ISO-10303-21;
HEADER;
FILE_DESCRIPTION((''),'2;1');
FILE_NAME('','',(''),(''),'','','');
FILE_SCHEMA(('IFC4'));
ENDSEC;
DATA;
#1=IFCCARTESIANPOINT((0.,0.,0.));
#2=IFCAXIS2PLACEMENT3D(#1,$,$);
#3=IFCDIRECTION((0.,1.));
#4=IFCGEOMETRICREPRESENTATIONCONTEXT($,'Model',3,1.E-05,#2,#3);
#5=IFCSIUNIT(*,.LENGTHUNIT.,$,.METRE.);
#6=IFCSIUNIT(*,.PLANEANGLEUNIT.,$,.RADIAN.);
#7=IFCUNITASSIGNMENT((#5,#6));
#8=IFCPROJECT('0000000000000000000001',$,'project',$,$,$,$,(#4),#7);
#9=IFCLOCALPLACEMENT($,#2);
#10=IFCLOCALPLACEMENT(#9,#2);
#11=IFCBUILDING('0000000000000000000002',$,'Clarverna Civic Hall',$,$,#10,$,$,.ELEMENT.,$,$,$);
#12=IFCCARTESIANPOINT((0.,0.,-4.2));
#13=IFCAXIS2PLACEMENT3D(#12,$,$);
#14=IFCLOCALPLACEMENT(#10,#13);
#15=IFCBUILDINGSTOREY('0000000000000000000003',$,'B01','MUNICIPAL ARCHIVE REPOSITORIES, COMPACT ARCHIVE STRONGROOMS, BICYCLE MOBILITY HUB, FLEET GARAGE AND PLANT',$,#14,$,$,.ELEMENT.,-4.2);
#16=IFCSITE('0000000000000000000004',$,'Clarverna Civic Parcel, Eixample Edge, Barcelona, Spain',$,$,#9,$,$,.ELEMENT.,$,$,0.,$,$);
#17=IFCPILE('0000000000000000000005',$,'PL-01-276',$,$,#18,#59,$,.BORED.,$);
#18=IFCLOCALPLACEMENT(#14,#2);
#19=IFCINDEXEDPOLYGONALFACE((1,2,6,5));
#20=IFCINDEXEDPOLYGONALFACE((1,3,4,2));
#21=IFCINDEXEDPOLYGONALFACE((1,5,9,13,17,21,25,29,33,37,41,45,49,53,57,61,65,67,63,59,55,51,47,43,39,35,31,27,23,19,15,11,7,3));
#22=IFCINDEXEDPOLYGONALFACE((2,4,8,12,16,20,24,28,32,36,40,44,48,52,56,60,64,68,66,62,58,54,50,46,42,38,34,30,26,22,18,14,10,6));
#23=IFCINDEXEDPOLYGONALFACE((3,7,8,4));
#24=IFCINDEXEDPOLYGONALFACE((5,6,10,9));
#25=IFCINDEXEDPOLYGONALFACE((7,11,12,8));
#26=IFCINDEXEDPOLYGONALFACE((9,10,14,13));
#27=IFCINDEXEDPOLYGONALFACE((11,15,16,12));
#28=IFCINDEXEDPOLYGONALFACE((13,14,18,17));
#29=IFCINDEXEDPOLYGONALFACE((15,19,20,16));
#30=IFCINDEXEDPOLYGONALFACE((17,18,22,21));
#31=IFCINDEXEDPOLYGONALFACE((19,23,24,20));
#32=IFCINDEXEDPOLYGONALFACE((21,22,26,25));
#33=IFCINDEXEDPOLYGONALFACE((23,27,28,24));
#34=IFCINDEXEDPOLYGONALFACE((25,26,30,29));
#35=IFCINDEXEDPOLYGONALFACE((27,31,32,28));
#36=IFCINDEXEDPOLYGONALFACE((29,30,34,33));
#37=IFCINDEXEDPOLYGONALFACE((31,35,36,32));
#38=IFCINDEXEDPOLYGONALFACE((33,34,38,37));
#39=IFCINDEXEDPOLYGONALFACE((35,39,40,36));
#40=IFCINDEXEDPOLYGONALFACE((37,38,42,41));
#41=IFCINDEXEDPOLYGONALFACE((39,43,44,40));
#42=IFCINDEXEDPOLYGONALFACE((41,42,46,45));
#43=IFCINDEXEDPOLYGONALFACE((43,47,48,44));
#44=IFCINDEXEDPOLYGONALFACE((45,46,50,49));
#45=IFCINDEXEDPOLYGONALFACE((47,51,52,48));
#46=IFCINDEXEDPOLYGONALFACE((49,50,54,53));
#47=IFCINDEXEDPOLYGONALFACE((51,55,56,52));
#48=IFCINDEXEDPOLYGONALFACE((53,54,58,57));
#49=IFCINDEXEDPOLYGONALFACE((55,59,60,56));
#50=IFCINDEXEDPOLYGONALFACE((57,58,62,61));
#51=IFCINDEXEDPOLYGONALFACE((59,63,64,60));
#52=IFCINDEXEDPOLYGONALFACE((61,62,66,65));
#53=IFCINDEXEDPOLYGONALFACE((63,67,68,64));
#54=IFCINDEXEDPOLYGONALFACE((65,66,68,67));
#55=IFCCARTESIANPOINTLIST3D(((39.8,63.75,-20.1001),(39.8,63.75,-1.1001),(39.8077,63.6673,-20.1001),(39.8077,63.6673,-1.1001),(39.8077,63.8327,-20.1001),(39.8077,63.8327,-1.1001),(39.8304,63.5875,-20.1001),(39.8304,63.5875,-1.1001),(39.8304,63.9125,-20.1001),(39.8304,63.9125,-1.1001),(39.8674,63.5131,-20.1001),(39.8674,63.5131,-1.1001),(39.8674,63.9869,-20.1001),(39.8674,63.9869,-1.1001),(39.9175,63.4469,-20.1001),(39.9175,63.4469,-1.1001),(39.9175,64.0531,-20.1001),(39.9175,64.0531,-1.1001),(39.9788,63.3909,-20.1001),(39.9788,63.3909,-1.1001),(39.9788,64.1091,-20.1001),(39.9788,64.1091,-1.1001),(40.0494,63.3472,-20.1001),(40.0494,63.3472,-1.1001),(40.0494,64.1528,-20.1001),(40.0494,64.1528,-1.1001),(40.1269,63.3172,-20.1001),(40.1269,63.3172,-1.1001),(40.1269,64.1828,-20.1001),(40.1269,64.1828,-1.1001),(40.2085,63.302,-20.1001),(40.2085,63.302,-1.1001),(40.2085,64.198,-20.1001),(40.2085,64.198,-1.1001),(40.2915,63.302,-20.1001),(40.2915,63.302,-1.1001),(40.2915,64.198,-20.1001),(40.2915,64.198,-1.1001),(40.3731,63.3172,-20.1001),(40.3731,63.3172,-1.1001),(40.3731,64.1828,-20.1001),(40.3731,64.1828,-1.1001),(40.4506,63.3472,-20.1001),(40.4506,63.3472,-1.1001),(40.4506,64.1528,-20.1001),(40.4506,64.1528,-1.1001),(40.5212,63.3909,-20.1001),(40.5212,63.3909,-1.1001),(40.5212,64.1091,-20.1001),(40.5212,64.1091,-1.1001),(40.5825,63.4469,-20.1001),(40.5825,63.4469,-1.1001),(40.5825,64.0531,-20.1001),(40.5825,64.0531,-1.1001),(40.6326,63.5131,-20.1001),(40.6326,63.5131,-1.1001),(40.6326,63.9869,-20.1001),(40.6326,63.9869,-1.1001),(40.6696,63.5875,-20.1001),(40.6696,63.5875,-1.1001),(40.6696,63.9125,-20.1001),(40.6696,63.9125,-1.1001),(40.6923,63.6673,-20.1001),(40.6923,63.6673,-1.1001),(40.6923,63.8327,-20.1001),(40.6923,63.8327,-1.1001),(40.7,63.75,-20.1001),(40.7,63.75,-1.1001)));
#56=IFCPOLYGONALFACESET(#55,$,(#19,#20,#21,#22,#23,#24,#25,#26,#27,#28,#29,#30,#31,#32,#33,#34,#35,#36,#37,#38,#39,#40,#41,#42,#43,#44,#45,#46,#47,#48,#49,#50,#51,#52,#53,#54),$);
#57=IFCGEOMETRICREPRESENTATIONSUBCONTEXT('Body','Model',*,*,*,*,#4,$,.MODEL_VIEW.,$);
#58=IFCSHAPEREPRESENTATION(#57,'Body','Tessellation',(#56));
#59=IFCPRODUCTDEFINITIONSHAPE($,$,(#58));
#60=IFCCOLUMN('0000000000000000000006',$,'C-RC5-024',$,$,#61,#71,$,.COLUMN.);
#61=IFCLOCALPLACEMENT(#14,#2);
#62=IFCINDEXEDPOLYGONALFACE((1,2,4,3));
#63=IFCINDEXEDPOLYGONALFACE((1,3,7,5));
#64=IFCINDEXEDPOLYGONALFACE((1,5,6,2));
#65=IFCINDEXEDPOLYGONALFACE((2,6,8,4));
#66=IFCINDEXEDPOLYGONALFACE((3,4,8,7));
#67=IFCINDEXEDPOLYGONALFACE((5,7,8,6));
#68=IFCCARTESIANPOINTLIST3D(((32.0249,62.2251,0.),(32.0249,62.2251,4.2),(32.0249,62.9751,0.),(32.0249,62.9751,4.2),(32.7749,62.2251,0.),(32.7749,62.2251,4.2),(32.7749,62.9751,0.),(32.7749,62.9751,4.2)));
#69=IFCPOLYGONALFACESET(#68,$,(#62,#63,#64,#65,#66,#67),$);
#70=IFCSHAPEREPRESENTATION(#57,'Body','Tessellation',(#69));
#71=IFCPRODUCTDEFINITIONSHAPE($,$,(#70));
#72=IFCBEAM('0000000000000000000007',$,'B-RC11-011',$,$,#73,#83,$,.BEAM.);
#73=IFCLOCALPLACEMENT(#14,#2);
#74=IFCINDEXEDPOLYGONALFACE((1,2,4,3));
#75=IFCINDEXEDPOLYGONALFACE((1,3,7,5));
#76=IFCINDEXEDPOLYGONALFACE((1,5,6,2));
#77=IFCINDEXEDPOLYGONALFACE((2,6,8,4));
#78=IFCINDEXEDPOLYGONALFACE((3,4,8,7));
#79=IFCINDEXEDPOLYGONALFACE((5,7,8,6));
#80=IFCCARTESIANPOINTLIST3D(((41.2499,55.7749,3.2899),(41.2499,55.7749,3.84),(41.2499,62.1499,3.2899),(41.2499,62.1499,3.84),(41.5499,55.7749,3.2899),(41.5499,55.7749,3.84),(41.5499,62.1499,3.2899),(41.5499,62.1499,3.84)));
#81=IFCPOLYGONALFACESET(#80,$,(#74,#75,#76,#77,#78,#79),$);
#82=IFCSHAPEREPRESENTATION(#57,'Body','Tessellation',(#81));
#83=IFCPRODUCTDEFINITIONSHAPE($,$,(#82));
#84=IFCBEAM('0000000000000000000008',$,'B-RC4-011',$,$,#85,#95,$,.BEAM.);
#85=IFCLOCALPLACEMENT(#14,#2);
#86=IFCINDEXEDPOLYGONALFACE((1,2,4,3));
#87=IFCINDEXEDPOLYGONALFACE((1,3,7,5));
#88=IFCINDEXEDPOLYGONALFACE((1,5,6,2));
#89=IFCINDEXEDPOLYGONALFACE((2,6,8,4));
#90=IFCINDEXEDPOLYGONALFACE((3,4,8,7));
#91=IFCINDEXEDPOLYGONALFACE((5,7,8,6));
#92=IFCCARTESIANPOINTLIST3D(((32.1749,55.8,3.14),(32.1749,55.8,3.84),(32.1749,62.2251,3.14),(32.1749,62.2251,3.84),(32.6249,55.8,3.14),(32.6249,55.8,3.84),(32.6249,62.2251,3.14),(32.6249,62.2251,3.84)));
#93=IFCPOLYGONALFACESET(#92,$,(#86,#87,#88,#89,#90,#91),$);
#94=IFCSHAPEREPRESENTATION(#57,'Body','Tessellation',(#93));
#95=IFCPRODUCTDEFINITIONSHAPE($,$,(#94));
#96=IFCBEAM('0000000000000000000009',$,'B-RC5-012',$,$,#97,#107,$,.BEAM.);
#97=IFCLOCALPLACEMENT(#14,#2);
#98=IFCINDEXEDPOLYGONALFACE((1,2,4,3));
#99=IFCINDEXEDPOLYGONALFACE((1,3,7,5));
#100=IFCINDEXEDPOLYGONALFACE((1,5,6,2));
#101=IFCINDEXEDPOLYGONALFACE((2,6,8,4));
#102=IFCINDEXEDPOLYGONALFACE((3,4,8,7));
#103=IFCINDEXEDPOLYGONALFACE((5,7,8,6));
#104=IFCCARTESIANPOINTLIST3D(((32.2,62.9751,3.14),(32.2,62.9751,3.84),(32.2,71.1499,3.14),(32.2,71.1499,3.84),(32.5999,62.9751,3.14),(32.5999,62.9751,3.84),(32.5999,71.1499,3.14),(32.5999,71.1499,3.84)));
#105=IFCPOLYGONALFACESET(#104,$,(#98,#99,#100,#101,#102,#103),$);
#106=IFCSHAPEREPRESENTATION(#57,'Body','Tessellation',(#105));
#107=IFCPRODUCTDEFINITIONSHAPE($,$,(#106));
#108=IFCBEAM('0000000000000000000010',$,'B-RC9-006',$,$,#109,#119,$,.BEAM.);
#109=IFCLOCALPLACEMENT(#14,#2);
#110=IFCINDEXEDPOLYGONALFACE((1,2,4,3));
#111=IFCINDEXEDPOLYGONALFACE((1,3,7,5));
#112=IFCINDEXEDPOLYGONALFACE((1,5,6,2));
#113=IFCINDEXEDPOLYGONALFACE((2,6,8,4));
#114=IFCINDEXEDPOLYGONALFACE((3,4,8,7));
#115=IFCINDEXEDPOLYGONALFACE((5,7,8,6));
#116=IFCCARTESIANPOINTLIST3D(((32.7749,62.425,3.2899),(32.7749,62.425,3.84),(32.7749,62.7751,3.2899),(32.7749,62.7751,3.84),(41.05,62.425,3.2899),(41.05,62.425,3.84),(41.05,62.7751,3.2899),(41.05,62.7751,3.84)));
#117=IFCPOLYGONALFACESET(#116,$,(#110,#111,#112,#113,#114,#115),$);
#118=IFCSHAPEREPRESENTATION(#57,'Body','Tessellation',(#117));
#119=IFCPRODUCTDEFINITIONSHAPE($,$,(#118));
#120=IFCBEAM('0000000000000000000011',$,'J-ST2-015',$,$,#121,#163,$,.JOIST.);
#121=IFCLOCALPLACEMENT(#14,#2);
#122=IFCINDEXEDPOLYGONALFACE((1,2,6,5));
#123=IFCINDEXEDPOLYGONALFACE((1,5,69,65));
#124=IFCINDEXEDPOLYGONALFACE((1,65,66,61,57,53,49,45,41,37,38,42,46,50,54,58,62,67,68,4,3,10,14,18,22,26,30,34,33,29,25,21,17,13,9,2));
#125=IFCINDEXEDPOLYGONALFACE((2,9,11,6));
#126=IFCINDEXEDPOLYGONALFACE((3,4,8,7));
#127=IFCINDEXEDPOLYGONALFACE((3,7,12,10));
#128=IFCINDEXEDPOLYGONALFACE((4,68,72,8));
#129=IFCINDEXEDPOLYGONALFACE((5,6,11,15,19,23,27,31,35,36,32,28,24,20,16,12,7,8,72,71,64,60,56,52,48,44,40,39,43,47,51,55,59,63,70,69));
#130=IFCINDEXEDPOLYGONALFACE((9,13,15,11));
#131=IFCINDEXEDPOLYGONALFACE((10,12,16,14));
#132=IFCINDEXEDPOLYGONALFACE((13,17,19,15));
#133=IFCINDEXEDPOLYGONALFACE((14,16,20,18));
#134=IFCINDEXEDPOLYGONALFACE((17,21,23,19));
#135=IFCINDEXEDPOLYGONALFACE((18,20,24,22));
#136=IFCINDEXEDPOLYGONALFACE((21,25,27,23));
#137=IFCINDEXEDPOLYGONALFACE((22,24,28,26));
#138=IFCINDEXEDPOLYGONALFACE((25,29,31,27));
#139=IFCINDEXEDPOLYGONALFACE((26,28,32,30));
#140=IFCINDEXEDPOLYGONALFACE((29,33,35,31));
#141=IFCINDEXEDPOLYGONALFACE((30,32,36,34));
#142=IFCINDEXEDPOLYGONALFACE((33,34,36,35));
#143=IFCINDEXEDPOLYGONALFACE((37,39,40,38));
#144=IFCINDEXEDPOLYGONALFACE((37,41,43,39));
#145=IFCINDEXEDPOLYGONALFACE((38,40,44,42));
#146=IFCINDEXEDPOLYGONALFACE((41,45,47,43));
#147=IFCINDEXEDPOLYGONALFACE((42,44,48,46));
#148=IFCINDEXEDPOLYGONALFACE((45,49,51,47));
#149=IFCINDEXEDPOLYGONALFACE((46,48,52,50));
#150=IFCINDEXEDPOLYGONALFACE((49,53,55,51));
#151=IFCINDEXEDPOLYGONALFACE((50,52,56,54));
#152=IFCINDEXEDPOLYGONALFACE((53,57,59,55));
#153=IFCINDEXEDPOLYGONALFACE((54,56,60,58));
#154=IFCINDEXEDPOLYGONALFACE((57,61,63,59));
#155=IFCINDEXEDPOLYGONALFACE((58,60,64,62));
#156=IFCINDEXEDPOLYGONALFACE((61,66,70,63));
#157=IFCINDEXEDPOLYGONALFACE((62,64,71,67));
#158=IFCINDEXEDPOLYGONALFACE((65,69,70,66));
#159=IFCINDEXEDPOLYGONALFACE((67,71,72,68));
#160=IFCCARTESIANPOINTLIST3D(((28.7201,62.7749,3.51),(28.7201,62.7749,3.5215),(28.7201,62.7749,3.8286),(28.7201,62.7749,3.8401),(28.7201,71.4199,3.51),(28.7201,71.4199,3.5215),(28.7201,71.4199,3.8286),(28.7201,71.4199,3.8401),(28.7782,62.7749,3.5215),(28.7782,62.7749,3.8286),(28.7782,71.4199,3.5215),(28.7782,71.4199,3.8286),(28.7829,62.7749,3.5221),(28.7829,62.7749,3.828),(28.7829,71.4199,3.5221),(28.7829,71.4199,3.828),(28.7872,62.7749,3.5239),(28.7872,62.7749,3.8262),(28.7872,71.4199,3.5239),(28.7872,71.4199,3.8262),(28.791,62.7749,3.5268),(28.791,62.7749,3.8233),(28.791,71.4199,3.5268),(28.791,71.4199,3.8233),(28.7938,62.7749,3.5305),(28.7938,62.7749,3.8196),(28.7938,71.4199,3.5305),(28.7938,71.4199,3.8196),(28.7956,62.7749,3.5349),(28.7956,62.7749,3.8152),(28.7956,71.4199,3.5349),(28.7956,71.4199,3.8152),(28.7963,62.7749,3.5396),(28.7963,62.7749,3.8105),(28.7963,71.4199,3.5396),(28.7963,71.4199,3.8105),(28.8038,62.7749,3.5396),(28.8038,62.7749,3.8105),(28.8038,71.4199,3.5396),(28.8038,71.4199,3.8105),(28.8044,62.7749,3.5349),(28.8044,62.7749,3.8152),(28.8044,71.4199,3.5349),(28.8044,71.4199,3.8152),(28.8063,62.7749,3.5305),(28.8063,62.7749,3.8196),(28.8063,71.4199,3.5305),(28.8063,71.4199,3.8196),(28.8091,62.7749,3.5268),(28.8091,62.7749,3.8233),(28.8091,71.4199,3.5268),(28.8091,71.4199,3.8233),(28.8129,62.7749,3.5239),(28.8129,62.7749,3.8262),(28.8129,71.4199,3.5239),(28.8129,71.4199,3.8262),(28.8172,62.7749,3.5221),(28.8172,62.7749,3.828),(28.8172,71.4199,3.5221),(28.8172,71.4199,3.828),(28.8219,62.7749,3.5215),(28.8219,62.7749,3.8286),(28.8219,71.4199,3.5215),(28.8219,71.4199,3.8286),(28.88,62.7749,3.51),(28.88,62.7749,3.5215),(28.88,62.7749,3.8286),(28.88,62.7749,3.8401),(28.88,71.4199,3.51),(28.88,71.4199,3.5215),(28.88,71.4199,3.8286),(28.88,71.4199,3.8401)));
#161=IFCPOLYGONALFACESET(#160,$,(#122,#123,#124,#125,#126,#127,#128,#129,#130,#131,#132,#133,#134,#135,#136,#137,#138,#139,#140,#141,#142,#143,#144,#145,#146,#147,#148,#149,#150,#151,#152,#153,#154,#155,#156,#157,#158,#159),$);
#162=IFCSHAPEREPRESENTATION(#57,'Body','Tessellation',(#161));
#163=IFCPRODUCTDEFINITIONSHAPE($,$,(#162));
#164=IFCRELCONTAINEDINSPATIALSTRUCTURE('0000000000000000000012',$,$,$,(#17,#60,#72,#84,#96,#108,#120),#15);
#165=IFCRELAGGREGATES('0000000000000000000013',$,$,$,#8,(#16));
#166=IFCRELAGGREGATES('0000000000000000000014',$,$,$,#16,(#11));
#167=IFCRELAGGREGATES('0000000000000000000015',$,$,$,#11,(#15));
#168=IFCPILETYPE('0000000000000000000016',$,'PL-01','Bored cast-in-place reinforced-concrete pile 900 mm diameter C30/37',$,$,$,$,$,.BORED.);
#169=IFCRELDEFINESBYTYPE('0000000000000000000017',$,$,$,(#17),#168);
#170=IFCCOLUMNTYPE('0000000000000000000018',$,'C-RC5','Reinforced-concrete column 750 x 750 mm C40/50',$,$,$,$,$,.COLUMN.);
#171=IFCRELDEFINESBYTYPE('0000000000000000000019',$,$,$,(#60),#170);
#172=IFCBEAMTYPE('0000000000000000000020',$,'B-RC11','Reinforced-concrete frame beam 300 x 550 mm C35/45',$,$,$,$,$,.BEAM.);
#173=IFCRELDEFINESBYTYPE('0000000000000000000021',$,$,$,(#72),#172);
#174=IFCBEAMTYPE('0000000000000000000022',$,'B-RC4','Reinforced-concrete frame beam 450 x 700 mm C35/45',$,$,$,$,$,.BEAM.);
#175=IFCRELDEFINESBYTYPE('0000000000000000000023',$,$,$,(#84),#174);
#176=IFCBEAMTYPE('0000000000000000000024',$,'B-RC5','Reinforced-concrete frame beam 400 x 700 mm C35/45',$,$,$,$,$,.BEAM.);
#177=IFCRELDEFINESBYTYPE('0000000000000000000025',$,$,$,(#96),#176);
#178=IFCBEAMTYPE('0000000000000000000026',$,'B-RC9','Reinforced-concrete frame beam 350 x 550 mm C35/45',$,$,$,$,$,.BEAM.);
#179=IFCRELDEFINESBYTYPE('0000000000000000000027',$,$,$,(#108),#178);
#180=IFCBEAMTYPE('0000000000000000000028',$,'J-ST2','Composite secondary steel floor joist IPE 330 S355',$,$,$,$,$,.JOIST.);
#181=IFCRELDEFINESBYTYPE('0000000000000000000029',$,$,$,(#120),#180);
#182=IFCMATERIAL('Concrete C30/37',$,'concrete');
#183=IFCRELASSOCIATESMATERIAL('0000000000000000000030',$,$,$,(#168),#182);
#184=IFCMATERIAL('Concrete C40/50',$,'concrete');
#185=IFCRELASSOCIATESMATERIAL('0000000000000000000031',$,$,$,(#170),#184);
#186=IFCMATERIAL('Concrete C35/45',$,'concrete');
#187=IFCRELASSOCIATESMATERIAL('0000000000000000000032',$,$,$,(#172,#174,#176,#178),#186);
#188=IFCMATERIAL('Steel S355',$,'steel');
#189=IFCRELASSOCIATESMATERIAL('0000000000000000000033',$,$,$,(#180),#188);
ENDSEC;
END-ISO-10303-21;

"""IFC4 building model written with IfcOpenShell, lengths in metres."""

from ifc_helpers import new_model, si_unit, direction, frame, origin, origin_2d, place, context, subcontext, project, spatial, rectangle, circle, i_section, extrude, material, material_profile, profile_set, type_object, element, save


model = new_model("IFC4")

# Units and contexts
model_context = context("Model", 3, precision=1e-05, world=origin(), true_north=direction((0.0, 1.0)))
body_context = subcontext(model_context, "Body", "Model", "MODEL_VIEW")
ifc_project = project(units=[si_unit("LENGTHUNIT", "METRE"), si_unit("PLANEANGLEUNIT", "RADIAN")], contexts=[model_context])

# Site, building, storey
site_placement = place(None, origin())
site = spatial("IfcSite", under=ifc_project, at=site_placement, Name="Clarverna Civic Parcel, Eixample Edge, Barcelona, Spain", CompositionType="ELEMENT", RefElevation=0.0)
building_placement = place(site_placement, origin())
building = spatial("IfcBuilding", under=site, at=building_placement, Name="Clarverna Civic Hall", CompositionType="ELEMENT")
storey_placement = place(building_placement, frame((0.0, 0.0, -4.2)))
storey = spatial("IfcBuildingStorey", under=building, at=storey_placement, Name="B01", Description="MUNICIPAL ARCHIVE REPOSITORIES, COMPACT ARCHIVE STRONGROOMS, BICYCLE MOBILITY HUB, FLEET GARAGE AND PLANT", CompositionType="ELEMENT", Elevation=-4.2)

# Shared definitions
ifc_material_1 = material(Name="Concrete C30/37", Category="concrete")

# Pile
ifc_material_profile_1 = material_profile(ifc_material_1, circle(Radius=0.45, at=origin_2d()), Name="BORED PILE D900")
ifc_profile_set_1 = profile_set([ifc_material_profile_1], Name="Concrete C30/37")
pile_type = type_object("IfcPileType", Name="PL-01", Description="Bored cast-in-place reinforced-concrete pile 900 mm diameter C30/37", PredefinedType="BORED", material=ifc_profile_set_1)
for number, where, z_axis, x_axis, name in (
    (1, (40.25, 63.75, -1.1001), (0.0, 0.0, -1.0), (1.0, 0.0, 0.0), "PL-01-276"),
):
    element("IfcPile", number, at=place(storey_placement, frame(where, z_axis=z_axis, x_axis=x_axis)), inside=storey, type_object=pile_type, Name=name, PredefinedType="BORED", context=body_context, shape_type="SweptSolid", body=[
        extrude(circle(Radius=0.45, at=origin_2d()), origin(), (0.0, 0.0, 1.0), 19.0),
    ])

# Column
ifc_material_2 = material(Name="Concrete C40/50", Category="concrete")
ifc_material_profile_2 = material_profile(ifc_material_2, rectangle(XDim=0.75, YDim=0.75, at=origin_2d()), Name="RC 750x750")
ifc_profile_set_2 = profile_set([ifc_material_profile_2], Name="Concrete C40/50")
column_type = type_object("IfcColumnType", Name="C-RC5", Description="Reinforced-concrete column 750 x 750 mm C40/50", PredefinedType="COLUMN", material=ifc_profile_set_2)
column_placement = place(storey_placement, frame((32.3999, 62.6001, 0.0), z_axis=(0.0, 0.0, 1.0), x_axis=(1.0, 0.0, 0.0)))
element("IfcColumn", 2, at=column_placement, inside=storey, type_object=column_type, Name="C-RC5-024", PredefinedType="COLUMN", context=body_context, shape_type="SweptSolid", body=[
    extrude(rectangle(XDim=0.75, YDim=0.75, at=origin_2d()), origin(), (0.0, 0.0, 1.0), 4.2),
])

# Beams
ifc_material_3 = material(Name="Concrete C35/45", Category="concrete")
ifc_material_profile_3 = material_profile(ifc_material_3, rectangle(XDim=0.3, YDim=0.55, at=origin_2d()), Name="RC 300x550")
ifc_profile_set_3 = profile_set([ifc_material_profile_3], Name="Concrete C35/45")
beam_type_1 = type_object("IfcBeamType", Name="B-RC11", Description="Reinforced-concrete frame beam 300 x 550 mm C35/45", PredefinedType="BEAM", material=ifc_profile_set_3)
beam_1_placement = place(storey_placement, frame((41.3999, 55.7749, 3.5649), z_axis=(0.0, 1.0, 0.0), x_axis=(-1.0, 0.0, 0.0)))
element("IfcBeam", 3, at=beam_1_placement, inside=storey, type_object=beam_type_1, Name="B-RC11-011", PredefinedType="BEAM", context=body_context, shape_type="SweptSolid", body=[
    extrude(rectangle(XDim=0.3, YDim=0.55, at=origin_2d()), origin(), (0.0, 0.0, 1.0), 6.375),
])
ifc_material_profile_4 = material_profile(ifc_material_3, rectangle(XDim=0.45, YDim=0.7, at=origin_2d()), Name="RC 450x700")
ifc_profile_set_4 = profile_set([ifc_material_profile_4], Name="Concrete C35/45")
beam_type_2 = type_object("IfcBeamType", Name="B-RC4", Description="Reinforced-concrete frame beam 450 x 700 mm C35/45", PredefinedType="BEAM", material=ifc_profile_set_4)
beam_2_placement = place(storey_placement, frame((32.3999, 55.8, 3.49), z_axis=(0.0, 1.0, 0.0), x_axis=(-1.0, 0.0, 0.0)))
element("IfcBeam", 4, at=beam_2_placement, inside=storey, type_object=beam_type_2, Name="B-RC4-011", PredefinedType="BEAM", context=body_context, shape_type="SweptSolid", body=[
    extrude(rectangle(XDim=0.45, YDim=0.7, at=origin_2d()), origin(), (0.0, 0.0, 1.0), 6.425),
])
ifc_material_profile_5 = material_profile(ifc_material_3, rectangle(XDim=0.3999, YDim=0.7, at=origin_2d()), Name="RC 400x700")
ifc_profile_set_5 = profile_set([ifc_material_profile_5], Name="Concrete C35/45")
beam_type_3 = type_object("IfcBeamType", Name="B-RC5", Description="Reinforced-concrete frame beam 400 x 700 mm C35/45", PredefinedType="BEAM", material=ifc_profile_set_5)
beam_3_placement = place(storey_placement, frame((32.3999, 62.9751, 3.49), z_axis=(0.0, 1.0, 0.0), x_axis=(-1.0, 0.0, 0.0)))
element("IfcBeam", 5, at=beam_3_placement, inside=storey, type_object=beam_type_3, Name="B-RC5-012", PredefinedType="BEAM", context=body_context, shape_type="SweptSolid", body=[
    extrude(rectangle(XDim=0.3999, YDim=0.7, at=origin_2d()), origin(), (0.0, 0.0, 1.0), 8.1748),
])
ifc_material_profile_6 = material_profile(ifc_material_3, rectangle(XDim=0.3501, YDim=0.55, at=origin_2d()), Name="RC 350x550")
ifc_profile_set_6 = profile_set([ifc_material_profile_6], Name="Concrete C35/45")
beam_type_4 = type_object("IfcBeamType", Name="B-RC9", Description="Reinforced-concrete frame beam 350 x 550 mm C35/45", PredefinedType="BEAM", material=ifc_profile_set_6)
beam_4_placement = place(storey_placement, frame((32.7749, 62.6001, 3.5649), z_axis=(1.0, 0.0, 0.0), x_axis=(0.0, 1.0, 0.0)))
element("IfcBeam", 6, at=beam_4_placement, inside=storey, type_object=beam_type_4, Name="B-RC9-006", PredefinedType="BEAM", context=body_context, shape_type="SweptSolid", body=[
    extrude(rectangle(XDim=0.3501, YDim=0.55, at=origin_2d()), origin(), (0.0, 0.0, 1.0), 8.2751),
])
ifc_material_4 = material(Name="Steel S355", Category="steel")
ifc_material_profile_7 = material_profile(ifc_material_4, i_section(OverallWidth=0.1599, OverallDepth=0.3301, WebThickness=0.0076, FlangeThickness=0.0115, FilletRadius=0.0181, at=origin_2d()), Name="IPE 330")
ifc_profile_set_7 = profile_set([ifc_material_profile_7], Name="Steel S355")
beam_type_5 = type_object("IfcBeamType", Name="J-ST2", Description="Composite secondary steel floor joist IPE 330 S355", PredefinedType="JOIST", material=ifc_profile_set_7)
beam_5_placement = place(storey_placement, frame((28.8, 62.7749, 3.675), z_axis=(0.0, 1.0, 0.0), x_axis=(-1.0, 0.0, 0.0)))
element("IfcBeam", 7, at=beam_5_placement, inside=storey, type_object=beam_type_5, Name="J-ST2-015", PredefinedType="JOIST", context=body_context, shape_type="SweptSolid", body=[
    extrude(i_section(OverallWidth=0.1599, OverallDepth=0.3301, WebThickness=0.0076, FlangeThickness=0.0115, FilletRadius=0.0181, at=origin_2d()), origin(), (0.0, 0.0, 1.0), 8.645),
])

save(model, "model.ifc")
